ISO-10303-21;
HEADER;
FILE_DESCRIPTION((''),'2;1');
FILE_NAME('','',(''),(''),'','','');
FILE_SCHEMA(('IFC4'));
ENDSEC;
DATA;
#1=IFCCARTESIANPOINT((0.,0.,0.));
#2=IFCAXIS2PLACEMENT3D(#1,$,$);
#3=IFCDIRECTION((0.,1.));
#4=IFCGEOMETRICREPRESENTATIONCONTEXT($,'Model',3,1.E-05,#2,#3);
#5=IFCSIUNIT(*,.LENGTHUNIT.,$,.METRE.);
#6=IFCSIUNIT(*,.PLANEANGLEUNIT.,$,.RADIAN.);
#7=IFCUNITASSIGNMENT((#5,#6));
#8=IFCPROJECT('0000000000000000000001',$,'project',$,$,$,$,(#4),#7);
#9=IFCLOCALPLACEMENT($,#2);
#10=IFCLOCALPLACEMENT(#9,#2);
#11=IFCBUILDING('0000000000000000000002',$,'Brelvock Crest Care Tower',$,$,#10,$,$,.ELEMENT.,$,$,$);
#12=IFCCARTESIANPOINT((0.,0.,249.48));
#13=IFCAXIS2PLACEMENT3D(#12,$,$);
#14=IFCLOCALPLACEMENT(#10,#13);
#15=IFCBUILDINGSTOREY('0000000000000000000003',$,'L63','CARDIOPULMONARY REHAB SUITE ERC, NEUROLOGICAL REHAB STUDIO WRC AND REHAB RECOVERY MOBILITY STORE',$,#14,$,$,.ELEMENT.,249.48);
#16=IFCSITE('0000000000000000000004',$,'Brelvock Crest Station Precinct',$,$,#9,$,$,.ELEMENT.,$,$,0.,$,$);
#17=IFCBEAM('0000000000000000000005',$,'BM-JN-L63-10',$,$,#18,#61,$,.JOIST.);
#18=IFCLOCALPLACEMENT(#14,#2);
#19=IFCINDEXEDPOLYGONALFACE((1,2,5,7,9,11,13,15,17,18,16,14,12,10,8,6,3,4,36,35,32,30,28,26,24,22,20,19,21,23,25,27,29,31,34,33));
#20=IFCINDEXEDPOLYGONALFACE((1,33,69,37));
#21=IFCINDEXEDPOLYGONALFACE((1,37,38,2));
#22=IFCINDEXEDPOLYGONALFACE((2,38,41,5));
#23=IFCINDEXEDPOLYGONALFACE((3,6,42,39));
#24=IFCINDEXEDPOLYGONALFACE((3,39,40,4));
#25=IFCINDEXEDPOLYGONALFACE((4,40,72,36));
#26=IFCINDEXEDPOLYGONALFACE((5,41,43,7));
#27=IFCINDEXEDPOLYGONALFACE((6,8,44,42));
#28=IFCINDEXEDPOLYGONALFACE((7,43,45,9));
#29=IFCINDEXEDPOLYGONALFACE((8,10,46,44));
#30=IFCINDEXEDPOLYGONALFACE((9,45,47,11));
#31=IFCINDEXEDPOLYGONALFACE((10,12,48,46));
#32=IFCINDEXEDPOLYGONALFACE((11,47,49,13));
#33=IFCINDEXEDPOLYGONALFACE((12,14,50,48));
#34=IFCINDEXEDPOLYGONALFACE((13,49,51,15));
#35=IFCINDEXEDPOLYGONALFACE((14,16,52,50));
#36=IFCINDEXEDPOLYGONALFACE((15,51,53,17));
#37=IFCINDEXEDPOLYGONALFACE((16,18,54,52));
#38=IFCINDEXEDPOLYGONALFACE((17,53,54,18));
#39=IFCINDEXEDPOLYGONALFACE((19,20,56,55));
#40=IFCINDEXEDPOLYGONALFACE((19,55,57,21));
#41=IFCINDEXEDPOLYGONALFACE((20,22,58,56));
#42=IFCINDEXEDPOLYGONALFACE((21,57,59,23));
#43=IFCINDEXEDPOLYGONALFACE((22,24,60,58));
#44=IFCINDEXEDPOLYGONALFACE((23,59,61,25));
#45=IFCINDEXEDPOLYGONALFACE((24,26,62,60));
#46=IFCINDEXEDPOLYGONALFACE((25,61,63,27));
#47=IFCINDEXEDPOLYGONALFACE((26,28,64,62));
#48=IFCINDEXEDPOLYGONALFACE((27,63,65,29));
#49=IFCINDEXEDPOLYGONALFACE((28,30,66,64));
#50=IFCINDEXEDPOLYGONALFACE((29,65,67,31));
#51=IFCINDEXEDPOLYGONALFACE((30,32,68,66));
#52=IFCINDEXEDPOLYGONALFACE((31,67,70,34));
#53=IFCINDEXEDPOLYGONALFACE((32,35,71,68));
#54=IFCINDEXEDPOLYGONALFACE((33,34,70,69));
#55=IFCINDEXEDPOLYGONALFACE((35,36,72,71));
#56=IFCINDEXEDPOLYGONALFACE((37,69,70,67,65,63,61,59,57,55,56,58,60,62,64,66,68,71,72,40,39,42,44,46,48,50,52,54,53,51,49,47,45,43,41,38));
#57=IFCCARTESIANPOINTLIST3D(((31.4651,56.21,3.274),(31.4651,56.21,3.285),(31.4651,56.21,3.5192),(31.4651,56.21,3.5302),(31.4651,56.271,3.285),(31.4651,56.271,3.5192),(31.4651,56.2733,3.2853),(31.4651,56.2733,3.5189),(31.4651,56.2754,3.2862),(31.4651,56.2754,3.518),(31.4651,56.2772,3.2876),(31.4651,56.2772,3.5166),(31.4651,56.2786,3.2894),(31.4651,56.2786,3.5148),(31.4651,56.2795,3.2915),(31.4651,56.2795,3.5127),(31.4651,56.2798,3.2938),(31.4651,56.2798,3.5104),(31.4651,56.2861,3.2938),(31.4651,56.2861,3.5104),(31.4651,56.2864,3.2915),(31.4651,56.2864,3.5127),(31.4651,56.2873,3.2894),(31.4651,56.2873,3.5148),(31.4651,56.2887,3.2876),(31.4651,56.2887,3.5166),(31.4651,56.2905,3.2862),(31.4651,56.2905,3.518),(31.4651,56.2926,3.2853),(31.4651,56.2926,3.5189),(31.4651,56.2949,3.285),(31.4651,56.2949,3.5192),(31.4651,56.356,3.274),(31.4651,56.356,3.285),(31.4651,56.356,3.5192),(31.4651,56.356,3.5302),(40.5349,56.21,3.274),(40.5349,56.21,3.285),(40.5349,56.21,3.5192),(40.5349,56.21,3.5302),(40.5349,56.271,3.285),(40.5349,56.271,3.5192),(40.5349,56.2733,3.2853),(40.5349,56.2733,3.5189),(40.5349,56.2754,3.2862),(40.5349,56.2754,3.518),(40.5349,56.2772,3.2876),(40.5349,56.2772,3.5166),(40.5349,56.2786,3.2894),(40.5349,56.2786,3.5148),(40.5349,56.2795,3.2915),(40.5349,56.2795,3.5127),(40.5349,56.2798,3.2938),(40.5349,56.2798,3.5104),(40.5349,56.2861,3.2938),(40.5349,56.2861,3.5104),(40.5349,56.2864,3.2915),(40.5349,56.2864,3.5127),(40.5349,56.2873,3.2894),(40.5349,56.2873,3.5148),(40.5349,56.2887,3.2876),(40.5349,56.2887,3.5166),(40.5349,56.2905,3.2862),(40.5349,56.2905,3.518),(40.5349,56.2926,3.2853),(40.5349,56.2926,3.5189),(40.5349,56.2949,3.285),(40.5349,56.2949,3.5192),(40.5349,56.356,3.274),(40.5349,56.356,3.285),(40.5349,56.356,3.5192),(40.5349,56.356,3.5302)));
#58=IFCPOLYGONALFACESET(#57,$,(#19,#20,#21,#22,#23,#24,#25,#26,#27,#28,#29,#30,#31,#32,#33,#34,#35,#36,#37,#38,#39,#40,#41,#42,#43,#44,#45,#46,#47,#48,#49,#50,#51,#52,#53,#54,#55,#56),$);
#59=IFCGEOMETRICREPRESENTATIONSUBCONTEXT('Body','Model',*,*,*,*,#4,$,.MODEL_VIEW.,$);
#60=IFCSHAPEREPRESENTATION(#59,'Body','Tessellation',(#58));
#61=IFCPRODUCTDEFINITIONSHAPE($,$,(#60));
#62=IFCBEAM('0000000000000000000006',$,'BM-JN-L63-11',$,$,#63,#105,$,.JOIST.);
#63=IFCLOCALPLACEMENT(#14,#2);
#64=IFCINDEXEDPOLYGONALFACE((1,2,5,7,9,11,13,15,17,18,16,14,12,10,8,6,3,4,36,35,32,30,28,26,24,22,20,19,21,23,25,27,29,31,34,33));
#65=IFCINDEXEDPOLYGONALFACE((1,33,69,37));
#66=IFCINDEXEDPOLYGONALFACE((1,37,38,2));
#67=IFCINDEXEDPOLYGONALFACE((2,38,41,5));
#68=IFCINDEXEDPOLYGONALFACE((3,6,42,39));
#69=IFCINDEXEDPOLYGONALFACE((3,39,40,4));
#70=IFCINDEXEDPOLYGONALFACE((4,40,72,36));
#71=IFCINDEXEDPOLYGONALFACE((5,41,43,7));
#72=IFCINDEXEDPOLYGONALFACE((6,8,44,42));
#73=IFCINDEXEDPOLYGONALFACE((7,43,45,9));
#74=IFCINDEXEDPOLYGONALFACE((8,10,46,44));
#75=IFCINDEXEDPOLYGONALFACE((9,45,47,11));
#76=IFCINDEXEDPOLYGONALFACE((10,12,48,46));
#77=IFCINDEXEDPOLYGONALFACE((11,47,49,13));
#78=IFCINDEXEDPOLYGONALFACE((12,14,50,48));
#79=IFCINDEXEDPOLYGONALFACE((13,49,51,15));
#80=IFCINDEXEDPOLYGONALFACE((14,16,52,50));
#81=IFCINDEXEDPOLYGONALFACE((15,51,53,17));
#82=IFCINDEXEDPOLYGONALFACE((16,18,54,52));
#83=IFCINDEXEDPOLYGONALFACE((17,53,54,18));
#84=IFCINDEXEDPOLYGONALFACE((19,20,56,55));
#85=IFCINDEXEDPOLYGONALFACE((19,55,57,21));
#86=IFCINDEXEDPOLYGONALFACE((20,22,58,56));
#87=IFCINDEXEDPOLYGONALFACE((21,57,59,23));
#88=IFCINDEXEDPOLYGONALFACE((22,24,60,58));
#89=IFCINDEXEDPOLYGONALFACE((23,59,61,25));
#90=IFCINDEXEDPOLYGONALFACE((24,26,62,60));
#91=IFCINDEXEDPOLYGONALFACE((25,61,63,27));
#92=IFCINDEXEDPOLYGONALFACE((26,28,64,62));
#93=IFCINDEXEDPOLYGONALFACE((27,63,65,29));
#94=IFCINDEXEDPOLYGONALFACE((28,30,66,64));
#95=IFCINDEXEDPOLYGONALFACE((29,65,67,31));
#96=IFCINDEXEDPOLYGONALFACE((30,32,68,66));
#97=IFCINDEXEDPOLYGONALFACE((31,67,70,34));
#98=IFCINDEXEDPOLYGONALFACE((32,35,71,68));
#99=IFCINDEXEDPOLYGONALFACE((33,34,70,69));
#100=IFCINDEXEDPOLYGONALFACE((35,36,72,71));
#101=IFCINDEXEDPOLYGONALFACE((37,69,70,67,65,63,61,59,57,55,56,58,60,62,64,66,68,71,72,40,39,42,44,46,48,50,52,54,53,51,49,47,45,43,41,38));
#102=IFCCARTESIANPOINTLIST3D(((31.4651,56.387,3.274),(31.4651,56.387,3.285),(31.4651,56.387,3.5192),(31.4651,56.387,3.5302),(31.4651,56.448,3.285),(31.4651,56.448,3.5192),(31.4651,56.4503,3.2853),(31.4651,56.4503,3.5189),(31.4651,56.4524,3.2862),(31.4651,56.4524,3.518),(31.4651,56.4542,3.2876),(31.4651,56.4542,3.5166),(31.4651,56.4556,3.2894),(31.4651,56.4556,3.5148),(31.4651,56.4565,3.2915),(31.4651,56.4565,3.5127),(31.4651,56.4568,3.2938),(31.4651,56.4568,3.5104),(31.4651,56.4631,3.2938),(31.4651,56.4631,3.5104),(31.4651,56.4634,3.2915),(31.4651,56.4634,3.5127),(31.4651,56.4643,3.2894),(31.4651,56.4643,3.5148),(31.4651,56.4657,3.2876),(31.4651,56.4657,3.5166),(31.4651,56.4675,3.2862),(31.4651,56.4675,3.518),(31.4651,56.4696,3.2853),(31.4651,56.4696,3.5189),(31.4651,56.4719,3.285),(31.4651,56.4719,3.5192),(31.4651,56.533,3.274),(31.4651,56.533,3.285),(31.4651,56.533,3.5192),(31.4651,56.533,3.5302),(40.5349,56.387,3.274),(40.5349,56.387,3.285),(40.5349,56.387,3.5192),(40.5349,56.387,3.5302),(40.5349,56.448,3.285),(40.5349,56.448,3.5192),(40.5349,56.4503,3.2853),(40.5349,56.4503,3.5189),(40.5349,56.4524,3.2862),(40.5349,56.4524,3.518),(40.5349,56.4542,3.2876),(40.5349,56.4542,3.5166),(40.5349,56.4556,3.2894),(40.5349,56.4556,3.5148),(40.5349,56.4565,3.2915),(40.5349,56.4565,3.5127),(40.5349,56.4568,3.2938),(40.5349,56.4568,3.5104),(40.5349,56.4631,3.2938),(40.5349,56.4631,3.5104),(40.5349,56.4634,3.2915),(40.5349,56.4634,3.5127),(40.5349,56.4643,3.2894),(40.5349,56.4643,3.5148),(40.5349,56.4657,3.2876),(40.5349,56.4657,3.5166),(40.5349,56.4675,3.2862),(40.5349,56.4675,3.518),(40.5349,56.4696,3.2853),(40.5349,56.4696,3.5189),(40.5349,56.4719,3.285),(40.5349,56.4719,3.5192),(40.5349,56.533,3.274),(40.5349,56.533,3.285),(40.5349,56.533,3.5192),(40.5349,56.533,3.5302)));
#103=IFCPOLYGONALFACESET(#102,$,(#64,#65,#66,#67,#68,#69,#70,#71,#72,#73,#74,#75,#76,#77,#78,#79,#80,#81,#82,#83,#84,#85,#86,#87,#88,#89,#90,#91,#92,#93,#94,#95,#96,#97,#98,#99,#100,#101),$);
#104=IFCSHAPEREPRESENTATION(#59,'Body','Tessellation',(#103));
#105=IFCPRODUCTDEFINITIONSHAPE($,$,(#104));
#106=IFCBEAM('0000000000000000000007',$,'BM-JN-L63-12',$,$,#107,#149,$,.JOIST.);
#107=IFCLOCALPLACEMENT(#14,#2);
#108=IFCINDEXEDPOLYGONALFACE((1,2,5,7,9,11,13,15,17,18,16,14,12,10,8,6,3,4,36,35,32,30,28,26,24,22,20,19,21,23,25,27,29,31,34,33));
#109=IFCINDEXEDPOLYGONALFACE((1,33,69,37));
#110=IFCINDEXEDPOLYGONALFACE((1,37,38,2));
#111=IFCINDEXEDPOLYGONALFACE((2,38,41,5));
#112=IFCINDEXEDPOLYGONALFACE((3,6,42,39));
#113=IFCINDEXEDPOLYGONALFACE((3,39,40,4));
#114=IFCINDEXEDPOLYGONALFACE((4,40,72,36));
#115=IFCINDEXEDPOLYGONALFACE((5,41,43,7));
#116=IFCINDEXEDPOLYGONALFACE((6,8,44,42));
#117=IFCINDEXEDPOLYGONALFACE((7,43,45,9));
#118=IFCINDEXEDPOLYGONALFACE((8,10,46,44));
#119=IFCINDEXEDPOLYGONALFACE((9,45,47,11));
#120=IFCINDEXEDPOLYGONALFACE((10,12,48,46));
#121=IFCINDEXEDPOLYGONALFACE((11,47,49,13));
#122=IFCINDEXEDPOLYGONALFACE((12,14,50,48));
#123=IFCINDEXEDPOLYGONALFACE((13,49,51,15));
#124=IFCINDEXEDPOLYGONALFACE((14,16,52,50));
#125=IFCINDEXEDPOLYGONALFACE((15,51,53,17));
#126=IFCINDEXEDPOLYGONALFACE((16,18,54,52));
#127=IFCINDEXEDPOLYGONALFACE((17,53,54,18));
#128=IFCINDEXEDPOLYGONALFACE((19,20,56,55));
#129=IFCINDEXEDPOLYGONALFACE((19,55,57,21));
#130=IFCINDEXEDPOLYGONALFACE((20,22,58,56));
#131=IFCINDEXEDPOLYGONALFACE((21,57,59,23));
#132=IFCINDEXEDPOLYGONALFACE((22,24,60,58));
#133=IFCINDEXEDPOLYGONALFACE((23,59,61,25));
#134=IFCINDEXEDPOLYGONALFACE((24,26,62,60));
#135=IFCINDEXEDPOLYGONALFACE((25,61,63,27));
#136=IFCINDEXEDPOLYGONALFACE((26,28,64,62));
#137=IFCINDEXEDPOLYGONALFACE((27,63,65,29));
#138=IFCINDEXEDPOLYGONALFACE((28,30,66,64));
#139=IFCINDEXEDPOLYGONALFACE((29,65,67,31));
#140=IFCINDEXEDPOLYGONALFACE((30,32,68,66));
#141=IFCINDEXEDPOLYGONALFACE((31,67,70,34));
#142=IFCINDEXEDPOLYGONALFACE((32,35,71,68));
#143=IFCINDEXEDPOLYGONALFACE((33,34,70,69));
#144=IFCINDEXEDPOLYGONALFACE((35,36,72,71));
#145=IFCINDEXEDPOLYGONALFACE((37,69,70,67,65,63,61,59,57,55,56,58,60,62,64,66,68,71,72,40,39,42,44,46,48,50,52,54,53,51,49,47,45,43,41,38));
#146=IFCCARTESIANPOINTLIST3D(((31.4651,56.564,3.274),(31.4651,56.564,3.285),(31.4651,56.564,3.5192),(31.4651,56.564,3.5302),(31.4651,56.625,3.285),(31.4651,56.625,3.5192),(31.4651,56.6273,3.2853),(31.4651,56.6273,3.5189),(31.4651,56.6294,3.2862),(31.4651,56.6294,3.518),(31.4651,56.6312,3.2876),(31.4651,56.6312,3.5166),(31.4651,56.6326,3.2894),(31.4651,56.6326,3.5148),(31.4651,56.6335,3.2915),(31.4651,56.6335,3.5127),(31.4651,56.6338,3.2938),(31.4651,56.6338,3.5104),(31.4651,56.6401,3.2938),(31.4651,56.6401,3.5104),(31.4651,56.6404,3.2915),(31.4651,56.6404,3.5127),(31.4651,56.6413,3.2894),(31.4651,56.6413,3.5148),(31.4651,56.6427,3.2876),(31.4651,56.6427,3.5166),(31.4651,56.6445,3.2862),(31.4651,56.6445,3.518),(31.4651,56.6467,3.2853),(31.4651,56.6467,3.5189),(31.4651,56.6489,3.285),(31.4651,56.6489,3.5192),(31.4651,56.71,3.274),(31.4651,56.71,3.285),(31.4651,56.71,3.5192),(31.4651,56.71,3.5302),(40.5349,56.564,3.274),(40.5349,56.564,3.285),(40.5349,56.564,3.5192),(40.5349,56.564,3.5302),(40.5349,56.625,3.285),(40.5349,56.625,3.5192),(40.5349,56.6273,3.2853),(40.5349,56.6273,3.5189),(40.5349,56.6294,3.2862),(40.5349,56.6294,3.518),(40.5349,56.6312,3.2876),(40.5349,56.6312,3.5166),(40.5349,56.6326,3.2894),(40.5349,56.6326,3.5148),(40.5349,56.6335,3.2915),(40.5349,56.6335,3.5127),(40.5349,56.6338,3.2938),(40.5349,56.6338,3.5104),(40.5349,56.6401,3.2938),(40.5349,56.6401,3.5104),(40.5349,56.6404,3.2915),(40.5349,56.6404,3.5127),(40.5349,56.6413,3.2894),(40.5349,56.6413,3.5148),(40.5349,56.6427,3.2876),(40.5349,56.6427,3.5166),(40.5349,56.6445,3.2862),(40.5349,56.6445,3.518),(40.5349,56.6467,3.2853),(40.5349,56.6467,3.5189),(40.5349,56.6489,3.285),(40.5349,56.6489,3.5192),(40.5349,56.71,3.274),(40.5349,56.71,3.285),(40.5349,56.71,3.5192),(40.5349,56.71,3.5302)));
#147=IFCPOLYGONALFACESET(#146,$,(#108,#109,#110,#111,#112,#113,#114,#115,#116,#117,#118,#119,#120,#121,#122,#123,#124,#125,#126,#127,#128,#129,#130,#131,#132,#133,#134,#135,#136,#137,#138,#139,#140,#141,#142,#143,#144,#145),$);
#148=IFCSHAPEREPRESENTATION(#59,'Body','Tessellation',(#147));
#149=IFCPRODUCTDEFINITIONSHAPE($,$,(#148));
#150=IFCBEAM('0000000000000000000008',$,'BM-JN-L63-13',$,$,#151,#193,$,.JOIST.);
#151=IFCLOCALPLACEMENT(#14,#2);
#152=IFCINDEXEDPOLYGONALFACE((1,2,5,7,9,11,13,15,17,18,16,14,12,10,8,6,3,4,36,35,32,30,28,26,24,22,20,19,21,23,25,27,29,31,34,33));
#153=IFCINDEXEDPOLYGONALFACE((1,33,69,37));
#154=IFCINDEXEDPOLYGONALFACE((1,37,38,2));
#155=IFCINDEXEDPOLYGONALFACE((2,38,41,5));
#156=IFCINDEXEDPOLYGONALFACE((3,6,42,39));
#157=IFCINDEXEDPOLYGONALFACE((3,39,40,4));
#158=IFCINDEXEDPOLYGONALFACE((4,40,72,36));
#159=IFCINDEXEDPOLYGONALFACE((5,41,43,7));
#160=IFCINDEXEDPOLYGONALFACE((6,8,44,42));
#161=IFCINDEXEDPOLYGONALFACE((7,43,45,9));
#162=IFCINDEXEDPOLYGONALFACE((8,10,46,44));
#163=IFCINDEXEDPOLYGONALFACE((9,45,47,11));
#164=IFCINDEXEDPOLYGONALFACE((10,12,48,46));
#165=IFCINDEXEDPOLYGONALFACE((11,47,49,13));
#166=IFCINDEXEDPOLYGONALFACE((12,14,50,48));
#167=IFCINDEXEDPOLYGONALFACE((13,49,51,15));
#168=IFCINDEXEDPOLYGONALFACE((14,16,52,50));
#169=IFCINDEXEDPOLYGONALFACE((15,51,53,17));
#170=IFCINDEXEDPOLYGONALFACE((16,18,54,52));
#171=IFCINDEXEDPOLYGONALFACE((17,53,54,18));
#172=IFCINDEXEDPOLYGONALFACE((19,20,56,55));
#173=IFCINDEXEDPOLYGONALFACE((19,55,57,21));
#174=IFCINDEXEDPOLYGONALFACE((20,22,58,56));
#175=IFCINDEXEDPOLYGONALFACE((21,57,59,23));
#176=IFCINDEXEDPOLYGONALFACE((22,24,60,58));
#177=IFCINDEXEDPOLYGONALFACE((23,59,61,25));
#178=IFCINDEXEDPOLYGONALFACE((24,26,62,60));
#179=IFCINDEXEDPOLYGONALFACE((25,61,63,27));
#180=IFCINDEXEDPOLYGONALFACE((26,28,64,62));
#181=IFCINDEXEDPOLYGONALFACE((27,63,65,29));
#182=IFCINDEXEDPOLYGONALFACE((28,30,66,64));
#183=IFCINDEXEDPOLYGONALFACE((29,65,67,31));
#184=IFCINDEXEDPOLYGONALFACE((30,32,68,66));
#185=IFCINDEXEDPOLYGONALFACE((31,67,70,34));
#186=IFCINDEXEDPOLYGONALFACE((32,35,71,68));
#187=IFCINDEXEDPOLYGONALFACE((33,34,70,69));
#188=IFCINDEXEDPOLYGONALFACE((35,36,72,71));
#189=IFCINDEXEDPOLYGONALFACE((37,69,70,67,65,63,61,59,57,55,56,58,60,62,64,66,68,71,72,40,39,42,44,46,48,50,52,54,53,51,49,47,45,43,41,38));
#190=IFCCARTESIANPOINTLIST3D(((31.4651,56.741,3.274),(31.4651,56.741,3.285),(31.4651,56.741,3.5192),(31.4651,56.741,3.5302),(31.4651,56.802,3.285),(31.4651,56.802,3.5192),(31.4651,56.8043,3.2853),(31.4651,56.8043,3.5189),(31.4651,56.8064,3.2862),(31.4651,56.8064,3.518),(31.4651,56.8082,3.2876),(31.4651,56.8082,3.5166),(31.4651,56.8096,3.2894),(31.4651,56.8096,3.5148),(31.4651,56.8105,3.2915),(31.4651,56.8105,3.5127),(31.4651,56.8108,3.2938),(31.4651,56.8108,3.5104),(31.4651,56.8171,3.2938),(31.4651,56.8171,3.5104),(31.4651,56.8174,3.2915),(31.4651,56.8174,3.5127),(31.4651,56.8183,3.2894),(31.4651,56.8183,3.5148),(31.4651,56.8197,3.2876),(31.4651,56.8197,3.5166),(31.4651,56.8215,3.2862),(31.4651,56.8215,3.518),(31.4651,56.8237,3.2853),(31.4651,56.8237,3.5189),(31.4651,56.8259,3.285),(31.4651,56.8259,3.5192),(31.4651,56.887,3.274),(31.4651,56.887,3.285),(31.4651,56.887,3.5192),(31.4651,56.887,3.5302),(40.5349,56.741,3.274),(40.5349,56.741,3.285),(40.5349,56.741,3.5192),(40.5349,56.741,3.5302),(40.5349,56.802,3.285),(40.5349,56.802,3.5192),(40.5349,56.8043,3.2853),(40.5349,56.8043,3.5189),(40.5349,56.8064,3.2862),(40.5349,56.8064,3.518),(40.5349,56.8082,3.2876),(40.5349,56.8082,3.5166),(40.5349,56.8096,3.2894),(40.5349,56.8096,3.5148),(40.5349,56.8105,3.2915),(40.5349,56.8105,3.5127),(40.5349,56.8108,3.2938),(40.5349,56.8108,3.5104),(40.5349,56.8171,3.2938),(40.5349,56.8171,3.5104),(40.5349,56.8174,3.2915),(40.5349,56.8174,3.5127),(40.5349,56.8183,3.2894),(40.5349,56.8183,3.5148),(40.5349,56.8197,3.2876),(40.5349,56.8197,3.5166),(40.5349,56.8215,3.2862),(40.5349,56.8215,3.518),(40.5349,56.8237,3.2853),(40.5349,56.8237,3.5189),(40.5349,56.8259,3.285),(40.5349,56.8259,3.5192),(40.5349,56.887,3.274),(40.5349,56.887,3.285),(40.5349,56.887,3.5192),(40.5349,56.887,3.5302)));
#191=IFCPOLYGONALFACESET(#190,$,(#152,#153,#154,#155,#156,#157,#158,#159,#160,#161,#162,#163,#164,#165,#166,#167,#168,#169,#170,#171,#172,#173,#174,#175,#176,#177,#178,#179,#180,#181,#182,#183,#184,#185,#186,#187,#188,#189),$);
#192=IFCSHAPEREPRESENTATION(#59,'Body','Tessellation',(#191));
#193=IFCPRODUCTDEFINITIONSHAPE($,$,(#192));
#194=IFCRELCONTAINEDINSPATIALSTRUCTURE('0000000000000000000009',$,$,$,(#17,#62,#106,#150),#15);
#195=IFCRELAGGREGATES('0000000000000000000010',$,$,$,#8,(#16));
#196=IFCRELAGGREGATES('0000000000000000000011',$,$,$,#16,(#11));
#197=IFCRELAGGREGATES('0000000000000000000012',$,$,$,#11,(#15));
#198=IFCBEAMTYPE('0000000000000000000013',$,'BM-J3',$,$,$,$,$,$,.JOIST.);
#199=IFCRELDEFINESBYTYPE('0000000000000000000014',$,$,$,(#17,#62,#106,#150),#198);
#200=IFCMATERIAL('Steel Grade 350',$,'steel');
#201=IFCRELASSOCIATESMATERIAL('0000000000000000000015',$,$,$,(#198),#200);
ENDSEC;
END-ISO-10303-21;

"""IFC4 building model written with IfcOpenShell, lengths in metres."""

from ifc_helpers import new_model, si_unit, direction, frame, origin, origin_2d, place, context, subcontext, project, spatial, i_section, extrude, source, transform, mapped, material, material_profile, profile_set, type_object, element, save


model = new_model("IFC4")

# Units and contexts
model_context = context("Model", 3, precision=1e-05, world=origin(), true_north=direction((0.0, 1.0)))
body_context = subcontext(model_context, "Body", "Model", "MODEL_VIEW")
ifc_project = project(units=[si_unit("LENGTHUNIT", "METRE"), si_unit("PLANEANGLEUNIT", "RADIAN")], contexts=[model_context])

# Site, building, storey
site_placement = place(None, origin())
site = spatial("IfcSite", under=ifc_project, at=site_placement, Name="Brelvock Crest Station Precinct", CompositionType="ELEMENT", RefElevation=0.0)
building_placement = place(site_placement, origin())
building = spatial("IfcBuilding", under=site, at=building_placement, Name="Brelvock Crest Care Tower", CompositionType="ELEMENT")
storey_placement = place(building_placement, frame((0.0, 0.0, 249.48)))
storey = spatial("IfcBuildingStorey", under=building, at=storey_placement, Name="L63", Description="CARDIOPULMONARY REHAB SUITE ERC, NEUROLOGICAL REHAB STUDIO WRC AND REHAB RECOVERY MOBILITY STORE", CompositionType="ELEMENT", Elevation=249.48)

# Shared definitions
ifc_material_1 = material(Name="Steel Grade 350", Category="steel")

# Beams
ifc_material_profile_1 = material_profile(ifc_material_1, i_section(OverallWidth=0.146, OverallDepth=0.2561, WebThickness=0.0063, FlangeThickness=0.011, FilletRadius=0.0088, at=origin_2d()), Name="250UB37.3")
ifc_profile_set_1 = profile_set([ifc_material_profile_1], Name="Steel Grade 350")
beam_type_1 = type_object("IfcBeamType", Name="BM-J3", PredefinedType="JOIST", material=ifc_profile_set_1)
shared_shape_1 = source(origin(), body_context, "Body", "SweptSolid", [
    extrude(i_section(OverallWidth=0.146, OverallDepth=0.2561, WebThickness=0.0063, FlangeThickness=0.011, FilletRadius=0.0088, at=origin_2d()), origin(), (0.0, 0.0, 1.0), 9.0698),
])
for number, where, z_axis, x_axis, name in (
    (1, (31.4651, 56.283, 3.4021), (1.0, 0.0, 0.0), (0.0, 1.0, 0.0), "BM-JN-L63-10"),
    (2, (31.4651, 56.46, 3.4021), (1.0, 0.0, 0.0), (0.0, 1.0, 0.0), "BM-JN-L63-11"),
    (3, (31.4651, 56.637, 3.4021), (1.0, 0.0, 0.0), (0.0, 1.0, 0.0), "BM-JN-L63-12"),
    (4, (31.4651, 56.814, 3.4021), (1.0, 0.0, 0.0), (0.0, 1.0, 0.0), "BM-JN-L63-13"),
):
    element("IfcBeam", number, at=place(storey_placement, frame(where, z_axis=z_axis, x_axis=x_axis)), inside=storey, type_object=beam_type_1, Name=name, PredefinedType="JOIST", context=body_context, shape_type="MappedRepresentation", body=[
        mapped(shared_shape_1, transform((0.0, 0.0, 0.0), x_axis=(1.0, 0.0, 0.0), y_axis=(0.0, 1.0, 0.0), z_axis=(0.0, 0.0, 1.0), scale=1.0)),
    ])

save(model, "model.ifc")
